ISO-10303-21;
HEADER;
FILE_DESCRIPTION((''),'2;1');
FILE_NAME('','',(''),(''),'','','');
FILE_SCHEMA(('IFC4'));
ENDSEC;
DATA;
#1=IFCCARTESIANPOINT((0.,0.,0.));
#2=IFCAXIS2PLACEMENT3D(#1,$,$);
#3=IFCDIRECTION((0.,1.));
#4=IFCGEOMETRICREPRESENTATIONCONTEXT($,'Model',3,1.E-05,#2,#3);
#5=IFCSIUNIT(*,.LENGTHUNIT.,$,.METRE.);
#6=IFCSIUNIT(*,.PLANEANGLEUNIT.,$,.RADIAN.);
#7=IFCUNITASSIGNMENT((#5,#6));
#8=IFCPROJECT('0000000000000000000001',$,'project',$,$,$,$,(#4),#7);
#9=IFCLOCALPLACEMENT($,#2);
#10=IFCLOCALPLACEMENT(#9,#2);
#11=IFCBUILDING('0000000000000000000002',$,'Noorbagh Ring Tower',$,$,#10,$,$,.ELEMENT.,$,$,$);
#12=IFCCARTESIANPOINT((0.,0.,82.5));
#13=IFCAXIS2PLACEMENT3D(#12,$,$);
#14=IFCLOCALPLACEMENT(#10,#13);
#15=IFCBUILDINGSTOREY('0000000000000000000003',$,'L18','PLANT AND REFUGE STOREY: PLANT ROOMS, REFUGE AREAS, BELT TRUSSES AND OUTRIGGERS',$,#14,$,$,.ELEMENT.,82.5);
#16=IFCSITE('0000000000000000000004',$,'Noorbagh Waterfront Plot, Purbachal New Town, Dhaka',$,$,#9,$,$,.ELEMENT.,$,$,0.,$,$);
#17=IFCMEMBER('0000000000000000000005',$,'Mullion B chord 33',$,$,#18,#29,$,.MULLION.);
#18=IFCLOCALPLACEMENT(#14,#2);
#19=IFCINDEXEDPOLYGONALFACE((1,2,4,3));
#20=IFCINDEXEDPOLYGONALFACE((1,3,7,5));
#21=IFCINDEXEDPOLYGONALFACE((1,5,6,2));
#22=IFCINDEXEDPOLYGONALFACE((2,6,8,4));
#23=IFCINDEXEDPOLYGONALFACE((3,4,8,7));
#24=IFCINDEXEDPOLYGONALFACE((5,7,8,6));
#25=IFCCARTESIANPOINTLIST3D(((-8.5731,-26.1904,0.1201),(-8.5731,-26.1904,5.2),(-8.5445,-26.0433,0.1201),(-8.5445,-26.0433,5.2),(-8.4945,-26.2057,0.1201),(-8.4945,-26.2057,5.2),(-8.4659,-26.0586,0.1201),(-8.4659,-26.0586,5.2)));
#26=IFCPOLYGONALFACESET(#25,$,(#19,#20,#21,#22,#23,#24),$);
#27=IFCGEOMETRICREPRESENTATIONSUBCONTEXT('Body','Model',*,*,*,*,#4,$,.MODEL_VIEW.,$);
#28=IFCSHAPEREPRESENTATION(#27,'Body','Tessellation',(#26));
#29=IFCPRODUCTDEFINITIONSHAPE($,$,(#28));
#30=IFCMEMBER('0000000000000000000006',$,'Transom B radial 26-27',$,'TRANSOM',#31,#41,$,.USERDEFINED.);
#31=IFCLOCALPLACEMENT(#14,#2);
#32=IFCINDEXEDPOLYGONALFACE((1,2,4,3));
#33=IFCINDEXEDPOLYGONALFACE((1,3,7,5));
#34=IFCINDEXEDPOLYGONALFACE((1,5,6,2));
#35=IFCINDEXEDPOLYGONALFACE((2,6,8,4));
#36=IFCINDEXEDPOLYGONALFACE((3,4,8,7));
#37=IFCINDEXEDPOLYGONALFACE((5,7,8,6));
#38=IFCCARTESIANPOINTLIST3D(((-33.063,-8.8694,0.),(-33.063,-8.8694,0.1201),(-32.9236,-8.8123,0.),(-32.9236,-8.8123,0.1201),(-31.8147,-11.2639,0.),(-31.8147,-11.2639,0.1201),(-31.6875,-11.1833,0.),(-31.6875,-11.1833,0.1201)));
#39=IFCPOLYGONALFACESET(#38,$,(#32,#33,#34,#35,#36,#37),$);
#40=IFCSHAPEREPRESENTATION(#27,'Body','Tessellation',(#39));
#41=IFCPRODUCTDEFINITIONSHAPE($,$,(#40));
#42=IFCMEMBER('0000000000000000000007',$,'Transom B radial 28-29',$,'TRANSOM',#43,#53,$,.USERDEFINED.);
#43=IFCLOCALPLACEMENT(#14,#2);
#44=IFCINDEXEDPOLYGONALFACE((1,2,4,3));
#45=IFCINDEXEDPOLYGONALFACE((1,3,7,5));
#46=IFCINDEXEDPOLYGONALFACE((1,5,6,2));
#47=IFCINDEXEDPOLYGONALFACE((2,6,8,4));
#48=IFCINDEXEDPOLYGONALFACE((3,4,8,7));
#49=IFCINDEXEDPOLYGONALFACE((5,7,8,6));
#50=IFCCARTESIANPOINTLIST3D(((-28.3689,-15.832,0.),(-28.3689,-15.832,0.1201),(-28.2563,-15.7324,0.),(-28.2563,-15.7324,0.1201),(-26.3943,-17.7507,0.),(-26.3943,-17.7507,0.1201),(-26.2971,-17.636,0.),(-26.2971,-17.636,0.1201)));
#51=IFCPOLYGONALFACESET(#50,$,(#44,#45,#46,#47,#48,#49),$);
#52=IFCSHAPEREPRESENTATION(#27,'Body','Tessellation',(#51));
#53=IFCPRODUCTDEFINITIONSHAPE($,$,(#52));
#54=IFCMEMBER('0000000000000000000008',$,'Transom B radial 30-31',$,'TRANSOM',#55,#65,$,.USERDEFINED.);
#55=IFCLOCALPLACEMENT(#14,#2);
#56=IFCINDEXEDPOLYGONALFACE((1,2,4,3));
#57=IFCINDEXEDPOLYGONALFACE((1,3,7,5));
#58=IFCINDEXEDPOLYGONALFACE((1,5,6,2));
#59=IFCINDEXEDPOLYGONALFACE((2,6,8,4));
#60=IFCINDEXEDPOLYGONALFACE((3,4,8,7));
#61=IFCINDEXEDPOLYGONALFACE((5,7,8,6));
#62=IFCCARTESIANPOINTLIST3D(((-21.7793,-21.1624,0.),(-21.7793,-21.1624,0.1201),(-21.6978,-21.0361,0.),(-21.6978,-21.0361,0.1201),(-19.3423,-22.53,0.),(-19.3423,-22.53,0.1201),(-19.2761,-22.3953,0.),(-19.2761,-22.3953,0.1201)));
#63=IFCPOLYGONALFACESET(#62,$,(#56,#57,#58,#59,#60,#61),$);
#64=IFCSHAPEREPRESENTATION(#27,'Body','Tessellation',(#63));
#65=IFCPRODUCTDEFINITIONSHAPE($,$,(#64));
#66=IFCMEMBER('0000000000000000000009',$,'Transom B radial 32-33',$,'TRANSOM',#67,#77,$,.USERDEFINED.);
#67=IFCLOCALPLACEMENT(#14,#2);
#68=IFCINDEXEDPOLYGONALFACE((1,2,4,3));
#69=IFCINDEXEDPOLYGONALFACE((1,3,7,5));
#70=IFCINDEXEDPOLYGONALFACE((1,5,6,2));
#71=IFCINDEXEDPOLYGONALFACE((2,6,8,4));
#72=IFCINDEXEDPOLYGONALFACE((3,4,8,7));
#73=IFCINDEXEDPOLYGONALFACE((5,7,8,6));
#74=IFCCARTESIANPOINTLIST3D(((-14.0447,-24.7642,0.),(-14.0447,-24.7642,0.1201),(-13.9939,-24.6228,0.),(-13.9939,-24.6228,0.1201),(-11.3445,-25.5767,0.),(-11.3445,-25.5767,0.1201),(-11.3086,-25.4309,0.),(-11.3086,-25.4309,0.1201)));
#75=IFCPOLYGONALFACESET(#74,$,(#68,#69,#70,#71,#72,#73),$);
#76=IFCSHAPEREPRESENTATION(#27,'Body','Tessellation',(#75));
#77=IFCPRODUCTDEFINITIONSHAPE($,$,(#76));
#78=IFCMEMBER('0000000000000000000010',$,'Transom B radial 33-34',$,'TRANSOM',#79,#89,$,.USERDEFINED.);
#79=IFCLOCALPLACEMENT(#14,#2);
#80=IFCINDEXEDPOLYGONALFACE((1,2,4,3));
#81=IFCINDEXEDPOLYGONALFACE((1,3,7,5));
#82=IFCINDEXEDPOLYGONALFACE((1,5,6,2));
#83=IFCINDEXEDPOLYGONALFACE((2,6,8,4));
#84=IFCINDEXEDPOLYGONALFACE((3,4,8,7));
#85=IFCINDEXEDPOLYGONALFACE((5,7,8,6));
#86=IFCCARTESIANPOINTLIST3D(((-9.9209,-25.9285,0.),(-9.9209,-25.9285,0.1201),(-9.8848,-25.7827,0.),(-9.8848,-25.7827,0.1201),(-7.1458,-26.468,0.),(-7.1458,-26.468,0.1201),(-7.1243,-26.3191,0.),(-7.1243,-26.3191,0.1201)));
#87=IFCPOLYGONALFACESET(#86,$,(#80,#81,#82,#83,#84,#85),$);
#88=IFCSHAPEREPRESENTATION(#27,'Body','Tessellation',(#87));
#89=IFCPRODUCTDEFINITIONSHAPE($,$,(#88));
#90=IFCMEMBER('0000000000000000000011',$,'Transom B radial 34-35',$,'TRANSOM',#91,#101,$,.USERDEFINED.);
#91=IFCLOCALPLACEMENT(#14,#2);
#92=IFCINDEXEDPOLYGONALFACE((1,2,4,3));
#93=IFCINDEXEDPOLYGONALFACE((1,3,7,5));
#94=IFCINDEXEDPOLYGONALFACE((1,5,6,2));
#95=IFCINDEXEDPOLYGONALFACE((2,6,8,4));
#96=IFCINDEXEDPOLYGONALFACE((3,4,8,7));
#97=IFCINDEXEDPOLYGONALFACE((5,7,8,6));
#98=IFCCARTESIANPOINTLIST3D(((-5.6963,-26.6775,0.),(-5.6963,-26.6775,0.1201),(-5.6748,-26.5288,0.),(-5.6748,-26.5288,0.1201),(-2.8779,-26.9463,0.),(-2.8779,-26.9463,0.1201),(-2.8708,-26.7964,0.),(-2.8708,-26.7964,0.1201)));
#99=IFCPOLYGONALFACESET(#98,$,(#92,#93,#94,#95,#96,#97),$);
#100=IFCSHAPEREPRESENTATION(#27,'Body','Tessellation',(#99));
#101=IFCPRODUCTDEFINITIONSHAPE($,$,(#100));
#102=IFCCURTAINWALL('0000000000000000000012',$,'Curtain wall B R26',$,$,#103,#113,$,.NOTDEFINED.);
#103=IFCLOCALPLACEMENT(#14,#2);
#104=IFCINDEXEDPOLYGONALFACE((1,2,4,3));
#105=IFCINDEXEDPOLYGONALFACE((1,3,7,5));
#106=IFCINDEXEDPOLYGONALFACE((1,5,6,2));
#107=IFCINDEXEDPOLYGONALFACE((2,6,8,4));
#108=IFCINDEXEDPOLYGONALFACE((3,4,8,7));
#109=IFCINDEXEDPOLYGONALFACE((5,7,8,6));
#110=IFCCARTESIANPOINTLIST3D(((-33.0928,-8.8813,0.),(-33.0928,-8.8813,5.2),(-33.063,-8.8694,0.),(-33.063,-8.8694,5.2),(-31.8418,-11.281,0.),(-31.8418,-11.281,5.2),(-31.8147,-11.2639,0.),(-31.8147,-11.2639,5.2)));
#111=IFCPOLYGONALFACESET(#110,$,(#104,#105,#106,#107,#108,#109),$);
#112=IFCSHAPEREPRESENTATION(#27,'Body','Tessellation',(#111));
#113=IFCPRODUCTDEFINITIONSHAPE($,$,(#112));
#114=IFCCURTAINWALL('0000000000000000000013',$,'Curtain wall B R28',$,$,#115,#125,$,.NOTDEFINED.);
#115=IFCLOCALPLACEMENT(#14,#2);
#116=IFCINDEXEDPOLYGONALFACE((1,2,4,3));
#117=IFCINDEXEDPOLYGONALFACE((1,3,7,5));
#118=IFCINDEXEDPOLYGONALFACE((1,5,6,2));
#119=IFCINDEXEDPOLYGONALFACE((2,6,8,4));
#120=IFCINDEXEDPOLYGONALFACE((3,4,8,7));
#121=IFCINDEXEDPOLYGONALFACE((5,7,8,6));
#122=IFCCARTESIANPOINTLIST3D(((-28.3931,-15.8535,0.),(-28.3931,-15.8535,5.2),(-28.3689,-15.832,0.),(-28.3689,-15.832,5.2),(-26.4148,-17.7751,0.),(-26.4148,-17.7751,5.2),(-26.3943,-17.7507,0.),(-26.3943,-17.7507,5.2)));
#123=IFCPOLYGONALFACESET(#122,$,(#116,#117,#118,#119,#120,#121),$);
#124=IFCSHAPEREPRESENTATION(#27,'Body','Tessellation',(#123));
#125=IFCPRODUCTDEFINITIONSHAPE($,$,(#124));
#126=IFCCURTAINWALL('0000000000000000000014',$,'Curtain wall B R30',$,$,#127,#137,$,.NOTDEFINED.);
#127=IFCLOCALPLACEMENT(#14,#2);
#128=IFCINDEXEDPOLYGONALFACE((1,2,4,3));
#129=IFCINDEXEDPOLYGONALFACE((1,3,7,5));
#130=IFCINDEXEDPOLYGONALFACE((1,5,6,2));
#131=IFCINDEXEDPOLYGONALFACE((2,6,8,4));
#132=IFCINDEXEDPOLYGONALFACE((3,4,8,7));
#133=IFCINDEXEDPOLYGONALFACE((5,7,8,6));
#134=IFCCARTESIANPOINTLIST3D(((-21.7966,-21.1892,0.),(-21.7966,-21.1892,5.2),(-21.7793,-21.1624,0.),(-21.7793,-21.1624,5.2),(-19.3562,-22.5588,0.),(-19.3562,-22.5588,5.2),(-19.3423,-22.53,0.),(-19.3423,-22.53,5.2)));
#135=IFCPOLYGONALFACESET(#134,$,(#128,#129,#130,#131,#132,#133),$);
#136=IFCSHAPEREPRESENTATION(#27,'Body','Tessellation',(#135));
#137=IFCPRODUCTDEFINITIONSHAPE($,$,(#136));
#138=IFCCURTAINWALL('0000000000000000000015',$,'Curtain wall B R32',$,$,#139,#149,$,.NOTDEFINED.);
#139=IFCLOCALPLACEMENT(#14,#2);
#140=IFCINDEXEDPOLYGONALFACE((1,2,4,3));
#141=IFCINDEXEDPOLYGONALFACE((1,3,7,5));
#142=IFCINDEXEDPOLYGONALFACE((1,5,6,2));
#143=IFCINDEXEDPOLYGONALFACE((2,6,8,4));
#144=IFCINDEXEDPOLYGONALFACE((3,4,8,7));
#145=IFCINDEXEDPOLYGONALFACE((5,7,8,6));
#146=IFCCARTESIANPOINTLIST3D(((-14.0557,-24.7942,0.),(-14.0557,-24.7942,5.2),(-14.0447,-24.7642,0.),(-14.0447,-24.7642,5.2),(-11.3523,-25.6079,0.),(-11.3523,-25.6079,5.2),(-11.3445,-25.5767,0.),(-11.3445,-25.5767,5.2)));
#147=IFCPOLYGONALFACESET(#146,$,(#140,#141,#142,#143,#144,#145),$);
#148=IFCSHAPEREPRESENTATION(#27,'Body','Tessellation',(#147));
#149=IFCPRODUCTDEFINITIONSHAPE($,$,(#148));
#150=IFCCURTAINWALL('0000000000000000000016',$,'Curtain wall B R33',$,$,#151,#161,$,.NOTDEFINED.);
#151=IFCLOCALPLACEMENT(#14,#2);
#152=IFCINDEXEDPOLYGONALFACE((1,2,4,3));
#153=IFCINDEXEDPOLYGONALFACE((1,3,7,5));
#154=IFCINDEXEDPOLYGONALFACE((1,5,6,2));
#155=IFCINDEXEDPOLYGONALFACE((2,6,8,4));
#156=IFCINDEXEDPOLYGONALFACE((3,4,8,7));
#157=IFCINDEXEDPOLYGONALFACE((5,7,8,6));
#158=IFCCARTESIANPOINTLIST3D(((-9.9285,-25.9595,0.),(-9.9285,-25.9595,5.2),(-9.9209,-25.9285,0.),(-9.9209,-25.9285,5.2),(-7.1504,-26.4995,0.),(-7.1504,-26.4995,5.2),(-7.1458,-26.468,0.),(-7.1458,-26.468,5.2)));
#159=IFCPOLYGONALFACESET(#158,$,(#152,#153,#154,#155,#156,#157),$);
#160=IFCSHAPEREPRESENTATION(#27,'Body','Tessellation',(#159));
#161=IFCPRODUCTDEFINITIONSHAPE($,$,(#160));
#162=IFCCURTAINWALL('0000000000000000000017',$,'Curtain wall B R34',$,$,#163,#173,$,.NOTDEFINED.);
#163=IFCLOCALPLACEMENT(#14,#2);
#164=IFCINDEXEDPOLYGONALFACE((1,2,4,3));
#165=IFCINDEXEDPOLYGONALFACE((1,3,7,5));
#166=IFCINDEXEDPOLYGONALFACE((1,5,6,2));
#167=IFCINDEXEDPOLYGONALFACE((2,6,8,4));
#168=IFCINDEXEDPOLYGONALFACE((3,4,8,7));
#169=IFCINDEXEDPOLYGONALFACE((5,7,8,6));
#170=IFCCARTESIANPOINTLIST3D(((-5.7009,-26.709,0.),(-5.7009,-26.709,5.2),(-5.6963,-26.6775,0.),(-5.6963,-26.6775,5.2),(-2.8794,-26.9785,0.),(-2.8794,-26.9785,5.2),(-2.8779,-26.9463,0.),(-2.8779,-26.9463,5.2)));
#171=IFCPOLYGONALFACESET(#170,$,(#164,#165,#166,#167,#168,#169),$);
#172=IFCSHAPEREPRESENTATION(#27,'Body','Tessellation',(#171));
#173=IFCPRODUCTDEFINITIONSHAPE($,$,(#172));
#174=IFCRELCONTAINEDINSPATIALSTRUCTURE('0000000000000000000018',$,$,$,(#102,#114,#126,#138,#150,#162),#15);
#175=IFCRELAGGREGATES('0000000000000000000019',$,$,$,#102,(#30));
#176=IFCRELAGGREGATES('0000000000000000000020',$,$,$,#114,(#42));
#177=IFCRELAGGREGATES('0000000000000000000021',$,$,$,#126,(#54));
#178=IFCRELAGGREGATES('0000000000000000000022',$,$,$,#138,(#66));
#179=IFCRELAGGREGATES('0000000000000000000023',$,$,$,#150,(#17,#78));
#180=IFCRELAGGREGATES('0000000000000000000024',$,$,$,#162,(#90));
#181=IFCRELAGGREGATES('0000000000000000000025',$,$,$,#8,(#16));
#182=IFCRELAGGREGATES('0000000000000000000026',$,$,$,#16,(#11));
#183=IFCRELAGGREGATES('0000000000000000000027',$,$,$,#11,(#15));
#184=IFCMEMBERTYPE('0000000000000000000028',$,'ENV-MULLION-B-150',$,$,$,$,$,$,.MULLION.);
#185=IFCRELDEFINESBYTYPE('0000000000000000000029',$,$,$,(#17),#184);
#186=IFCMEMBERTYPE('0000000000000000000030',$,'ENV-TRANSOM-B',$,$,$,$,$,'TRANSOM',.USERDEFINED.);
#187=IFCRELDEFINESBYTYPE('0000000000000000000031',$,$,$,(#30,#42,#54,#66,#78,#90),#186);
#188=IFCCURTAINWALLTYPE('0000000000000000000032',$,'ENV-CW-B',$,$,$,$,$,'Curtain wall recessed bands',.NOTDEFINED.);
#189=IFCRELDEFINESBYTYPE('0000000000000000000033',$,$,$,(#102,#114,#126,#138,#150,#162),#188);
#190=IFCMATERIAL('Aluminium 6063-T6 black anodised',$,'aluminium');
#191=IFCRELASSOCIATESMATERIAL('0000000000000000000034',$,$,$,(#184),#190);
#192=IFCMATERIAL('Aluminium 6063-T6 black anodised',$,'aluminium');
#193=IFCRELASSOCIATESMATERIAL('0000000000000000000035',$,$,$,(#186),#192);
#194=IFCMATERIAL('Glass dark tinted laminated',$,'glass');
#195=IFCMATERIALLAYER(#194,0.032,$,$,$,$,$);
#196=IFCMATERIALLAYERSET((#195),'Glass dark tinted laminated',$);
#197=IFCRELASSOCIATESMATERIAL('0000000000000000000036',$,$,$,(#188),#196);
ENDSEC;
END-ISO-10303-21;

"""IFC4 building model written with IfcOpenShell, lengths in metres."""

from ifc_helpers import new_model, si_unit, direction, frame, origin, origin_2d, place, context, subcontext, project, spatial, polyline, rectangle, outline, extrude, material, layer, layer_set, material_profile, profile_set, type_object, element, aggregate, save


model = new_model("IFC4")

# Units and contexts
model_context = context("Model", 3, precision=1e-05, world=origin(), true_north=direction((0.0, 1.0)))
body_context = subcontext(model_context, "Body", "Model", "MODEL_VIEW")
ifc_project = project(units=[si_unit("LENGTHUNIT", "METRE"), si_unit("PLANEANGLEUNIT", "RADIAN")], contexts=[model_context])

# Members
ifc_material_1 = material(Name="Aluminium 6063-T6 black anodised", Category="aluminium")
ifc_material_profile = material_profile(ifc_material_1, rectangle(XDim=0.1499, YDim=0.0801, at=origin_2d()), Name="150x80")
ifc_profile_set = profile_set([ifc_material_profile], Name="Aluminium 6063-T6 black anodised")
member_type_1 = type_object("IfcMemberType", Name="ENV-MULLION-B-150", PredefinedType="MULLION", material=ifc_profile_set)
site_placement = place(None, origin())
building_placement = place(site_placement, origin())
storey_placement = place(building_placement, frame((0.0, 0.0, 82.5)))
member_1_placement = place(storey_placement, frame((-8.5195, -26.1245, 0.1201), z_axis=(0.0, 0.0, 1.0), x_axis=(0.19082, 0.981625, 0.0)))
member_1 = element("IfcMember", 1, at=member_1_placement, type_object=member_type_1, Name="Mullion B chord 33", PredefinedType="MULLION", context=body_context, shape_type="SweptSolid", body=[
    extrude(rectangle(XDim=0.1499, YDim=0.0801, at=origin_2d()), origin(), (0.0, 0.0, 1.0), 5.0798),
])
ifc_material_2 = material(Name="Aluminium 6063-T6 black anodised", Category="aluminium")
member_type_2 = type_object("IfcMemberType", Name="ENV-TRANSOM-B", ElementType="TRANSOM", PredefinedType="USERDEFINED", material=ifc_material_2)
member_2_placement = place(storey_placement, origin())
member_2 = element("IfcMember", 2, at=member_2_placement, type_object=member_type_2, Name="Transom B radial 26-27", ObjectType="TRANSOM", PredefinedType="USERDEFINED", context=body_context, shape_type="SweptSolid", body=[
    extrude(outline(polyline([(-33.063, -8.8694), (-31.8147, -11.2639), (-31.6875, -11.1833), (-32.9236, -8.8123), (-33.063, -8.8694)])), origin(), (0.0, 0.0, 1.0), 0.1201),
])
member_3_placement = place(storey_placement, origin())
member_3 = element("IfcMember", 3, at=member_3_placement, type_object=member_type_2, Name="Transom B radial 28-29", ObjectType="TRANSOM", PredefinedType="USERDEFINED", context=body_context, shape_type="SweptSolid", body=[
    extrude(outline(polyline([(-28.3689, -15.832), (-26.3943, -17.7507), (-26.2971, -17.636), (-28.2563, -15.7324), (-28.3689, -15.832)])), origin(), (0.0, 0.0, 1.0), 0.1201),
])
member_4_placement = place(storey_placement, origin())
member_4 = element("IfcMember", 4, at=member_4_placement, type_object=member_type_2, Name="Transom B radial 30-31", ObjectType="TRANSOM", PredefinedType="USERDEFINED", context=body_context, shape_type="SweptSolid", body=[
    extrude(outline(polyline([(-21.7793, -21.1624), (-19.3423, -22.53), (-19.2761, -22.3953), (-21.6978, -21.0361), (-21.7793, -21.1624)])), origin(), (0.0, 0.0, 1.0), 0.1201),
])
member_5_placement = place(storey_placement, origin())
member_5 = element("IfcMember", 5, at=member_5_placement, type_object=member_type_2, Name="Transom B radial 32-33", ObjectType="TRANSOM", PredefinedType="USERDEFINED", context=body_context, shape_type="SweptSolid", body=[
    extrude(outline(polyline([(-14.0447, -24.7642), (-11.3445, -25.5767), (-11.3086, -25.4309), (-13.9939, -24.6228), (-14.0447, -24.7642)])), origin(), (0.0, 0.0, 1.0), 0.1201),
])
member_6_placement = place(storey_placement, origin())
member_6 = element("IfcMember", 6, at=member_6_placement, type_object=member_type_2, Name="Transom B radial 33-34", ObjectType="TRANSOM", PredefinedType="USERDEFINED", context=body_context, shape_type="SweptSolid", body=[
    extrude(outline(polyline([(-9.9209, -25.9285), (-7.1458, -26.468), (-7.1243, -26.3191), (-9.8848, -25.7827), (-9.9209, -25.9285)])), origin(), (0.0, 0.0, 1.0), 0.1201),
])
member_7_placement = place(storey_placement, origin())
member_7 = element("IfcMember", 7, at=member_7_placement, type_object=member_type_2, Name="Transom B radial 34-35", ObjectType="TRANSOM", PredefinedType="USERDEFINED", context=body_context, shape_type="SweptSolid", body=[
    extrude(outline(polyline([(-5.6963, -26.6775), (-2.8779, -26.9463), (-2.8708, -26.7964), (-5.6748, -26.5288), (-5.6963, -26.6775)])), origin(), (0.0, 0.0, 1.0), 0.1201),
])

# Site, building, storey
site = spatial("IfcSite", under=ifc_project, at=site_placement, Name="Noorbagh Waterfront Plot, Purbachal New Town, Dhaka", CompositionType="ELEMENT", RefElevation=0.0)
building = spatial("IfcBuilding", under=site, at=building_placement, Name="Noorbagh Ring Tower", CompositionType="ELEMENT")
storey = spatial("IfcBuildingStorey", under=building, at=storey_placement, Name="L18", Description="PLANT AND REFUGE STOREY: PLANT ROOMS, REFUGE AREAS, BELT TRUSSES AND OUTRIGGERS", CompositionType="ELEMENT", Elevation=82.5)

# Curtain walls
ifc_material_3 = material(Name="Glass dark tinted laminated", Category="glass")
ifc_layer = layer(ifc_material_3, 0.032)
ifc_layer_set = layer_set([ifc_layer], Name="Glass dark tinted laminated")
curtain_wall_type = type_object("IfcCurtainWallType", Name="ENV-CW-B", ElementType="Curtain wall recessed bands", PredefinedType="NOTDEFINED", material=ifc_layer_set)
curtain_wall_1_placement = place(storey_placement, origin())
curtain_wall_1 = element("IfcCurtainWall", 8, at=curtain_wall_1_placement, inside=storey, type_object=curtain_wall_type, Name="Curtain wall B R26", PredefinedType="NOTDEFINED", context=body_context, shape_type="SweptSolid", body=[
    extrude(outline(polyline([(-33.0928, -8.8813), (-31.8418, -11.281), (-31.8147, -11.2639), (-33.063, -8.8694), (-33.0928, -8.8813)])), origin(), (0.0, 0.0, 1.0), 5.2),
])
aggregate(curtain_wall_1, [member_2])
curtain_wall_2_placement = place(storey_placement, origin())
curtain_wall_2 = element("IfcCurtainWall", 9, at=curtain_wall_2_placement, inside=storey, type_object=curtain_wall_type, Name="Curtain wall B R28", PredefinedType="NOTDEFINED", context=body_context, shape_type="SweptSolid", body=[
    extrude(outline(polyline([(-28.3931, -15.8535), (-26.4148, -17.7751), (-26.3943, -17.7507), (-28.3689, -15.832), (-28.3931, -15.8535)])), origin(), (0.0, 0.0, 1.0), 5.2),
])
aggregate(curtain_wall_2, [member_3])
curtain_wall_3_placement = place(storey_placement, origin())
curtain_wall_3 = element("IfcCurtainWall", 10, at=curtain_wall_3_placement, inside=storey, type_object=curtain_wall_type, Name="Curtain wall B R30", PredefinedType="NOTDEFINED", context=body_context, shape_type="SweptSolid", body=[
    extrude(outline(polyline([(-21.7966, -21.1892), (-19.3562, -22.5588), (-19.3423, -22.53), (-21.7793, -21.1624), (-21.7966, -21.1892)])), origin(), (0.0, 0.0, 1.0), 5.2),
])
aggregate(curtain_wall_3, [member_4])
curtain_wall_4_placement = place(storey_placement, origin())
curtain_wall_4 = element("IfcCurtainWall", 11, at=curtain_wall_4_placement, inside=storey, type_object=curtain_wall_type, Name="Curtain wall B R32", PredefinedType="NOTDEFINED", context=body_context, shape_type="SweptSolid", body=[
    extrude(outline(polyline([(-14.0557, -24.7942), (-11.3523, -25.6079), (-11.3445, -25.5767), (-14.0447, -24.7642), (-14.0557, -24.7942)])), origin(), (0.0, 0.0, 1.0), 5.2),
])
aggregate(curtain_wall_4, [member_5])
curtain_wall_5_placement = place(storey_placement, origin())
curtain_wall_5 = element("IfcCurtainWall", 12, at=curtain_wall_5_placement, inside=storey, type_object=curtain_wall_type, Name="Curtain wall B R33", PredefinedType="NOTDEFINED", context=body_context, shape_type="SweptSolid", body=[
    extrude(outline(polyline([(-9.9285, -25.9595), (-7.1504, -26.4995), (-7.1458, -26.468), (-9.9209, -25.9285), (-9.9285, -25.9595)])), origin(), (0.0, 0.0, 1.0), 5.2),
])
aggregate(curtain_wall_5, [member_1, member_6])
curtain_wall_6_placement = place(storey_placement, origin())
curtain_wall_6 = element("IfcCurtainWall", 13, at=curtain_wall_6_placement, inside=storey, type_object=curtain_wall_type, Name="Curtain wall B R34", PredefinedType="NOTDEFINED", context=body_context, shape_type="SweptSolid", body=[
    extrude(outline(polyline([(-5.7009, -26.709), (-2.8794, -26.9785), (-2.8779, -26.9463), (-5.6963, -26.6775), (-5.7009, -26.709)])), origin(), (0.0, 0.0, 1.0), 5.2),
])
aggregate(curtain_wall_6, [member_7])

save(model, "model.ifc")
